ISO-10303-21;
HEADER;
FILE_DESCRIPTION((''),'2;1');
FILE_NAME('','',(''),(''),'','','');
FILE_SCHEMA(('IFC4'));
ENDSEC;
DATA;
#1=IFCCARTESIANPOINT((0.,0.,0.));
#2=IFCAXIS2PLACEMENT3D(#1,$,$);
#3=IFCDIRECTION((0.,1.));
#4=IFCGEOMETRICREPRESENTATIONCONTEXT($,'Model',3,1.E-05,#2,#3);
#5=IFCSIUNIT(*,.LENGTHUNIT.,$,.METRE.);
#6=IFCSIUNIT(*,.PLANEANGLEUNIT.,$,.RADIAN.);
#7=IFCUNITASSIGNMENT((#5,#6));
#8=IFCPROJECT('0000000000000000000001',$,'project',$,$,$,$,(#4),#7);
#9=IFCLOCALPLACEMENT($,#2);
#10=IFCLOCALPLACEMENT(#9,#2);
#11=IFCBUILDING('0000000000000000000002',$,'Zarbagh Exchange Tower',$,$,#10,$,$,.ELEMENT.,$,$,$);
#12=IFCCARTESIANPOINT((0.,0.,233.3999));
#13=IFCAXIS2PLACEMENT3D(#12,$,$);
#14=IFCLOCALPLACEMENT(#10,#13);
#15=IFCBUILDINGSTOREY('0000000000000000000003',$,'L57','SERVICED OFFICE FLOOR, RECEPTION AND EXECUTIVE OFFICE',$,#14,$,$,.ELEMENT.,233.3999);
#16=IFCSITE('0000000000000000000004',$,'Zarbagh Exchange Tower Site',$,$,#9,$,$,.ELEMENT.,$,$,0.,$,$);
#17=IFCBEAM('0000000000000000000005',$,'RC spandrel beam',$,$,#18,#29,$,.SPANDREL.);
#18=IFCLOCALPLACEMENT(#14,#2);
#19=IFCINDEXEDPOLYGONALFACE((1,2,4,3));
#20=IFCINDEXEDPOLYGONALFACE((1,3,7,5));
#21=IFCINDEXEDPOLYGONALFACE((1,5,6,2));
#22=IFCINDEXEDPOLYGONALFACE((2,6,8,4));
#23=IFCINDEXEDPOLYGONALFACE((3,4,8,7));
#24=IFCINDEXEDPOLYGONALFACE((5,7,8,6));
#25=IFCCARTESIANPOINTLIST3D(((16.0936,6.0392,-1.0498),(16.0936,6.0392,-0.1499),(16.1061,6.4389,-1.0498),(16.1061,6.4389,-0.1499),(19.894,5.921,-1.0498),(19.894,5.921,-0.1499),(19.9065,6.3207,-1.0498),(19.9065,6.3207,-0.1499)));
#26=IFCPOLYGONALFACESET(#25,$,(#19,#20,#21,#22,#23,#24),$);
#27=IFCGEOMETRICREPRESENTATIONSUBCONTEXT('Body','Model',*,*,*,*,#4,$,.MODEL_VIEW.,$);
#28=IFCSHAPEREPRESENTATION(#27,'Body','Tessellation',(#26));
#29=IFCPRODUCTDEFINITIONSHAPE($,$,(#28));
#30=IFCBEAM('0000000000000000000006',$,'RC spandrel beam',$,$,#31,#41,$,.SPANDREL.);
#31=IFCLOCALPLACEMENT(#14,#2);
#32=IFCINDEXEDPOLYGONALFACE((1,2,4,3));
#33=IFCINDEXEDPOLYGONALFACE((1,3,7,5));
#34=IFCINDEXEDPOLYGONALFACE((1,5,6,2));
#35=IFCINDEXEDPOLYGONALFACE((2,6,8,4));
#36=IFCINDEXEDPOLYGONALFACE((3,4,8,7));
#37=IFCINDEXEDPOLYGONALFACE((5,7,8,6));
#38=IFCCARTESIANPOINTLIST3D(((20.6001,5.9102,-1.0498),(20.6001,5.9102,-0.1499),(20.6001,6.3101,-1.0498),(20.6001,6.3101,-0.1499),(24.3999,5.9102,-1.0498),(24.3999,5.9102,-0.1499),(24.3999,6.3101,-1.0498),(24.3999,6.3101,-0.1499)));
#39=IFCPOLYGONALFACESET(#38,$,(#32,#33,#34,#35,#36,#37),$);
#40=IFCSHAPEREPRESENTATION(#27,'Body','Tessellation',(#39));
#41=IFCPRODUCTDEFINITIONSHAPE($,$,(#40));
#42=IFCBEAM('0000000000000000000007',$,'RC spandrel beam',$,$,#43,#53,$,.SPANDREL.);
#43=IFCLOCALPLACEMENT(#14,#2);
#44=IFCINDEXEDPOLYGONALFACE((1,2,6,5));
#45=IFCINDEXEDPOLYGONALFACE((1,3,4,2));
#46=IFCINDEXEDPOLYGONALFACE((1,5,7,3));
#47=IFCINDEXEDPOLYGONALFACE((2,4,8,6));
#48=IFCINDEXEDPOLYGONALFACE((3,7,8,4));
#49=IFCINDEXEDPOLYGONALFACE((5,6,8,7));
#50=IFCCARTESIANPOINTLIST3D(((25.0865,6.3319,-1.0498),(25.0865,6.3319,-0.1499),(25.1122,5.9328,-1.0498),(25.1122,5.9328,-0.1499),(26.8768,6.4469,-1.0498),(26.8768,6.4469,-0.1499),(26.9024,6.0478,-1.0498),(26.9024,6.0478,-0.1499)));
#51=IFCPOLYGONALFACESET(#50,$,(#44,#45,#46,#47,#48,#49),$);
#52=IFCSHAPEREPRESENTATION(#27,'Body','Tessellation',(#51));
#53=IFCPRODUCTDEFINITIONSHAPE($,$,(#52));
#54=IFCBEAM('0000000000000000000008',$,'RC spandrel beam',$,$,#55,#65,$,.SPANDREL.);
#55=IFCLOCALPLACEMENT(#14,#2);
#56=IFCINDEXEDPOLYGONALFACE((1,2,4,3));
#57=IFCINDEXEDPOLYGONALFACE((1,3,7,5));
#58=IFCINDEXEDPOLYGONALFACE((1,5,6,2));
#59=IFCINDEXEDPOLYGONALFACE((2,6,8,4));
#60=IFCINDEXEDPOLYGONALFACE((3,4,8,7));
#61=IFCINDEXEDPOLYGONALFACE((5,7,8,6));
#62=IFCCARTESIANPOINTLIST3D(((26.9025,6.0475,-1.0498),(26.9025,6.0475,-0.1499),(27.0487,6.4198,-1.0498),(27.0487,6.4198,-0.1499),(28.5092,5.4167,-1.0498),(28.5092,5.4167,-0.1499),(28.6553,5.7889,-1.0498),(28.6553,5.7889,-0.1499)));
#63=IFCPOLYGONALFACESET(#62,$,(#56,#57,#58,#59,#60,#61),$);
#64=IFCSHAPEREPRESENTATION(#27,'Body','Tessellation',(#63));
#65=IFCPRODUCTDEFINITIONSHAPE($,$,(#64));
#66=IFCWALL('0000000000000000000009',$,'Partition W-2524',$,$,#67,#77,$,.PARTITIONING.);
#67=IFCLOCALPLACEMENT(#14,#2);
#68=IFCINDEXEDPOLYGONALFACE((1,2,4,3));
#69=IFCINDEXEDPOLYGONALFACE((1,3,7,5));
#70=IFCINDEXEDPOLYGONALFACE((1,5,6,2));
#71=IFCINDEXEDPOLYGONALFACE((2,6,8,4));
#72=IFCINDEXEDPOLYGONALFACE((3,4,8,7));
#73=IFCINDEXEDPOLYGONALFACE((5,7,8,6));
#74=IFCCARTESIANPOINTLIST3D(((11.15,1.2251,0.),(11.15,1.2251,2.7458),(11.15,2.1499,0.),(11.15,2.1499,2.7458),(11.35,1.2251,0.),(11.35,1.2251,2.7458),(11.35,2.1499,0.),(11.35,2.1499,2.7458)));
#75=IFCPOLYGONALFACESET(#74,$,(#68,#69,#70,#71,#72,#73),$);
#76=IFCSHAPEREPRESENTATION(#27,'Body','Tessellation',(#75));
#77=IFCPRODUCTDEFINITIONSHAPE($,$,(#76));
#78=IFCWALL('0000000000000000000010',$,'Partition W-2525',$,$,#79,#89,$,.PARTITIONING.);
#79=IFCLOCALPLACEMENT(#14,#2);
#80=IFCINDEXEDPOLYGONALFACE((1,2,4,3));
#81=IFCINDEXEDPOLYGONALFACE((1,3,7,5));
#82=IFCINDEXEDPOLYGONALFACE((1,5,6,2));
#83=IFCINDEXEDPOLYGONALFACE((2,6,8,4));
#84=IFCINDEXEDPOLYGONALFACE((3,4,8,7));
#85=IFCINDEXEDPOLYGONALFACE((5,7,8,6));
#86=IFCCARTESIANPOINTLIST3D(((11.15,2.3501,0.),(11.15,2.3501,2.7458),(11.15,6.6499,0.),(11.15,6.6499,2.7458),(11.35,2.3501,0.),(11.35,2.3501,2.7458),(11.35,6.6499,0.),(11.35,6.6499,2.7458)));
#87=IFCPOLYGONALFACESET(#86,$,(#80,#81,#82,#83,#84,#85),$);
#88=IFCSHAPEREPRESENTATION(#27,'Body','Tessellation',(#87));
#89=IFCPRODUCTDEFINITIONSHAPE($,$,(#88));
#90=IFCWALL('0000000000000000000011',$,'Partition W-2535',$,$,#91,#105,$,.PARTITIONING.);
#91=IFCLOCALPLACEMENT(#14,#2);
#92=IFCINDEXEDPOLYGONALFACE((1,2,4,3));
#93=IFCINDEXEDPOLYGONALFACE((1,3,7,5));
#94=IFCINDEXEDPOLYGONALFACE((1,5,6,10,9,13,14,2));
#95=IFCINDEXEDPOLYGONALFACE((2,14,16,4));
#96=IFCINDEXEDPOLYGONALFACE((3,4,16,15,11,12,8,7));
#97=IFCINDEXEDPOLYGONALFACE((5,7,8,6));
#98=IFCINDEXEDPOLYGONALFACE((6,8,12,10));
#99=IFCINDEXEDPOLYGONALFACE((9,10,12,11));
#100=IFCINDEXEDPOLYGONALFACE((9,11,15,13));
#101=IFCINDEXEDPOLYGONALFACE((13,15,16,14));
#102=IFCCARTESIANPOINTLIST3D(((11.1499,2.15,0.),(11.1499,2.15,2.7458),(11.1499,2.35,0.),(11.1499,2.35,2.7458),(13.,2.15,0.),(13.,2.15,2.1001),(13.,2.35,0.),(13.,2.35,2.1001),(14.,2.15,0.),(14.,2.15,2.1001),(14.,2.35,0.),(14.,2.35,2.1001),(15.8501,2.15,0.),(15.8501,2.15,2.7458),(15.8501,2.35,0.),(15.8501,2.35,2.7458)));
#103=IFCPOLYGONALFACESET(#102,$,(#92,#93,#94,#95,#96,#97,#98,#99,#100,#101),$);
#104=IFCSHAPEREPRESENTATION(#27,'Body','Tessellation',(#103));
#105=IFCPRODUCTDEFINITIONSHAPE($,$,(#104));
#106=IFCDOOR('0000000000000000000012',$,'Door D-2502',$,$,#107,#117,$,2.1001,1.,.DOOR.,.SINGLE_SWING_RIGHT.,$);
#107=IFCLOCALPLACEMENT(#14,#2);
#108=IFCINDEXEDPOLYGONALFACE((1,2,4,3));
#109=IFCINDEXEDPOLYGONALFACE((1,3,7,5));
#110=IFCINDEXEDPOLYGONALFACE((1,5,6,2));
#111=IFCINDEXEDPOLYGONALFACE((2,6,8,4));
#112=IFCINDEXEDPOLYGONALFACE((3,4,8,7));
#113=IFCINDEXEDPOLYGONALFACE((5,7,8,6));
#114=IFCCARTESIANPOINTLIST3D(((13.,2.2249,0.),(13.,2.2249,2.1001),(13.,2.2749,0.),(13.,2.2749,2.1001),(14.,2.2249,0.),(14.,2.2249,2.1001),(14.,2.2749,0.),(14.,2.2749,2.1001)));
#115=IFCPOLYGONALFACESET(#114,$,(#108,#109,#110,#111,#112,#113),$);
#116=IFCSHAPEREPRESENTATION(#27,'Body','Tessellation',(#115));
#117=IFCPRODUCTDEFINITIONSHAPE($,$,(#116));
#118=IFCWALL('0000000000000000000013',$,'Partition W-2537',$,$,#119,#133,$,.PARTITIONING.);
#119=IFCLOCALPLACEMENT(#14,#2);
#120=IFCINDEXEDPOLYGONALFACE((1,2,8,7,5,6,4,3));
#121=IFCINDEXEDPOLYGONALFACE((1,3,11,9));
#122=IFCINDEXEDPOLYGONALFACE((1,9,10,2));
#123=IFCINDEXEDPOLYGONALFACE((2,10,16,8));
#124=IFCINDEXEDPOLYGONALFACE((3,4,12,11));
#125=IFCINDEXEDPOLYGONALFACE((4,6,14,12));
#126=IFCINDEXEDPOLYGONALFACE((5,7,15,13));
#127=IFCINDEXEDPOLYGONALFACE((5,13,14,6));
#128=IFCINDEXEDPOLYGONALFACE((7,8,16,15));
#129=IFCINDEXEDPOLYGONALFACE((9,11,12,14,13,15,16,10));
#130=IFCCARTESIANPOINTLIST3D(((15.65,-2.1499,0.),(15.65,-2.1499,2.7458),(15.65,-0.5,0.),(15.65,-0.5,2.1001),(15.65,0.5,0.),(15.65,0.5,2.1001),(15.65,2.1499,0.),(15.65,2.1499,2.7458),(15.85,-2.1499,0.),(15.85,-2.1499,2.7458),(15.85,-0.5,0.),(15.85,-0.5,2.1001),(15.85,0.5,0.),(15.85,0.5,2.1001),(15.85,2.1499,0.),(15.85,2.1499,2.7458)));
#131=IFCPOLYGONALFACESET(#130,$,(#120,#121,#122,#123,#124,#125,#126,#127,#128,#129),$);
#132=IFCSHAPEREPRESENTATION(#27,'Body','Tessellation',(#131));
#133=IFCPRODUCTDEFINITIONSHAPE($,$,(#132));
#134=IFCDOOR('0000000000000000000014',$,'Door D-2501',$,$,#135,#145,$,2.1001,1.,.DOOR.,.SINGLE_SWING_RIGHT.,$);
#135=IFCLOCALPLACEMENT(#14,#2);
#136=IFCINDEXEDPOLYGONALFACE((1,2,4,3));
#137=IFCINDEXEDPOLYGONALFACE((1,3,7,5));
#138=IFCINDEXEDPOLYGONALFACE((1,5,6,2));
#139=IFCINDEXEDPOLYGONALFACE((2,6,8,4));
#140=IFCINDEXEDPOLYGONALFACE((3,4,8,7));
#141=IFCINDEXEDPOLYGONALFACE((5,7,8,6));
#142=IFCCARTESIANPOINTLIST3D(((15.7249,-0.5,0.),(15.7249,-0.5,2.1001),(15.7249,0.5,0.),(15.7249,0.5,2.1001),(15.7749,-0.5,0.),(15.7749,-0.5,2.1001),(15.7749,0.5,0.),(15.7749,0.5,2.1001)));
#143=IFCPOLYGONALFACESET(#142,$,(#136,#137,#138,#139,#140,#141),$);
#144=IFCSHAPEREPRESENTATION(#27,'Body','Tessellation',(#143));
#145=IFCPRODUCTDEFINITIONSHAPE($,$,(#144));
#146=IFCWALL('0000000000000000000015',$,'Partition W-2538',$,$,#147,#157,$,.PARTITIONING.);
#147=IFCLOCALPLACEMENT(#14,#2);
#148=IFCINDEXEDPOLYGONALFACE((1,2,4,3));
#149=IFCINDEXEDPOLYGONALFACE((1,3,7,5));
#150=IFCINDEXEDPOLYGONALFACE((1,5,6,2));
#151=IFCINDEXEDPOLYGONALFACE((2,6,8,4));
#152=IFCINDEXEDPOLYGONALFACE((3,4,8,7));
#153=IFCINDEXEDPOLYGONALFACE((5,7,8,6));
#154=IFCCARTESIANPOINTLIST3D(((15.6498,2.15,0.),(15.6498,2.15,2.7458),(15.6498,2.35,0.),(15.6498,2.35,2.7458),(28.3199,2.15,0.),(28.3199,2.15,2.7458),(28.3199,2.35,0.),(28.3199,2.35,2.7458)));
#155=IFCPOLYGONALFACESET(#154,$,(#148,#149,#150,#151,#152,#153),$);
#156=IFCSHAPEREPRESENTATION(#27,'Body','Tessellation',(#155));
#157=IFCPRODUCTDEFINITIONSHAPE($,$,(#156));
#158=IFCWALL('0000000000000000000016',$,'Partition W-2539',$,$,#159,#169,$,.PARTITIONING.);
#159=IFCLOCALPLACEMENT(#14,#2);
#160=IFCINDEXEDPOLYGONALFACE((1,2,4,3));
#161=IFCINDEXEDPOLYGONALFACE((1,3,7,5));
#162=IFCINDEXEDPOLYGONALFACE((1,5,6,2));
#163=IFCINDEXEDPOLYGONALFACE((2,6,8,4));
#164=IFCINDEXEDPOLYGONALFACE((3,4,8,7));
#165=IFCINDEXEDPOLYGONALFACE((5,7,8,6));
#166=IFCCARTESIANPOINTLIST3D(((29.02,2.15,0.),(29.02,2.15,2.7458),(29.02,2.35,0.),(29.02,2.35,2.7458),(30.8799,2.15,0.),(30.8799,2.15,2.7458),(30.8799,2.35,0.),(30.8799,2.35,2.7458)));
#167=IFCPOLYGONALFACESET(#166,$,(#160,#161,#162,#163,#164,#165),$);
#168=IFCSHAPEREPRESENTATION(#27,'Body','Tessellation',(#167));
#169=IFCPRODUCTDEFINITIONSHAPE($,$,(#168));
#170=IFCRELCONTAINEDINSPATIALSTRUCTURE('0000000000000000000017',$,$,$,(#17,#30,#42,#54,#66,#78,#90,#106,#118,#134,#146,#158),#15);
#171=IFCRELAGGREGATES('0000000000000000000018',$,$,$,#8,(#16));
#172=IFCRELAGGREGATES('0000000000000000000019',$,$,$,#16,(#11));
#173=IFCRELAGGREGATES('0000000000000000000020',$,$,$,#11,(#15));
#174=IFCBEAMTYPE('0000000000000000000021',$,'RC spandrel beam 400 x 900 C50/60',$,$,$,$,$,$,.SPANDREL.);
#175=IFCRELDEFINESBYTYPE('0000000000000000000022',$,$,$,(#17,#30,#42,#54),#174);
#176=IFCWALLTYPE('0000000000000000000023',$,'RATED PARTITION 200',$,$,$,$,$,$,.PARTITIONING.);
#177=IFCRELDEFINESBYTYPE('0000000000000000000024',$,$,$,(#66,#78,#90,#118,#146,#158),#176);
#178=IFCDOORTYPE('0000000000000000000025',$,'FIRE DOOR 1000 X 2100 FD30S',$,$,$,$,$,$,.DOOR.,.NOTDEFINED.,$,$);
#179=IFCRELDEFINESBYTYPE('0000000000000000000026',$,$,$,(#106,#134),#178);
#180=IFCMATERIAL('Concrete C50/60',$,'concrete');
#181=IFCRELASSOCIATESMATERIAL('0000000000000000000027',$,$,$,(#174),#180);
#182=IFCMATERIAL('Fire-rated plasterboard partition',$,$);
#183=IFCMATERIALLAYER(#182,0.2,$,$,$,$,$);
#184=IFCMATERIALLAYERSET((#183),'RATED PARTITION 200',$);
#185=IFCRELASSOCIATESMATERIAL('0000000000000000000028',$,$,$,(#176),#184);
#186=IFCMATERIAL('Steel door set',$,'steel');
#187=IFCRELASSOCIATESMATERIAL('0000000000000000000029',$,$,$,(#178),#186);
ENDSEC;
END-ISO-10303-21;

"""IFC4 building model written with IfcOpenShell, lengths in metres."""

from ifc_helpers import new_model, si_unit, direction, frame, frame_2d, origin, origin_2d, place, context, subcontext, project, spatial, rectangle, extrude, material, layer, layer_set, material_profile, profile_set, type_object, element, fill, save


model = new_model("IFC4")

# Units and contexts
model_context = context("Model", 3, precision=1e-05, world=origin(), true_north=direction((0.0, 1.0)))
body_context = subcontext(model_context, "Body", "Model", "MODEL_VIEW")
ifc_project = project(units=[si_unit("LENGTHUNIT", "METRE"), si_unit("PLANEANGLEUNIT", "RADIAN")], contexts=[model_context])

# Site, building, storey
site_placement = place(None, origin())
site = spatial("IfcSite", under=ifc_project, at=site_placement, Name="Zarbagh Exchange Tower Site", CompositionType="ELEMENT", RefElevation=0.0)
building_placement = place(site_placement, origin())
building = spatial("IfcBuilding", under=site, at=building_placement, Name="Zarbagh Exchange Tower", CompositionType="ELEMENT")
storey_placement = place(building_placement, frame((0.0, 0.0, 233.3999)))
storey = spatial("IfcBuildingStorey", under=building, at=storey_placement, Name="L57", Description="SERVICED OFFICE FLOOR, RECEPTION AND EXECUTIVE OFFICE", CompositionType="ELEMENT", Elevation=233.3999)

# Shared definitions
ifc_material_1 = material(Name="Concrete C50/60", Category="concrete")

# Beams
ifc_material_profile_1 = material_profile(ifc_material_1, rectangle(XDim=0.3999, YDim=0.8999, at=origin_2d()), Name="RC spandrel beam 400 x 900 C50/60")
ifc_profile_set_1 = profile_set([ifc_material_profile_1], Name="Concrete C50/60")
beam_type_1 = type_object("IfcBeamType", Name="RC spandrel beam 400 x 900 C50/60", PredefinedType="SPANDREL", material=ifc_profile_set_1)
beam_1_placement = place(storey_placement, frame((16.0999, 6.239, -0.5999), z_axis=(0.999517, -0.031078, 0.0), x_axis=(0.031078, 0.999517, 0.0)))
element("IfcBeam", 1, at=beam_1_placement, inside=storey, type_object=beam_type_1, Name="RC spandrel beam", PredefinedType="SPANDREL", context=body_context, shape_type="SweptSolid", body=[
    extrude(rectangle(XDim=0.3999, YDim=0.8999, at=origin_2d()), origin(), (0.0, 0.0, 1.0), 3.8022),
])
beam_2_placement = place(storey_placement, frame((20.6001, 6.1101, -0.5999), z_axis=(1.0, 0.0, 0.0), x_axis=(0.0, 1.0, 0.0)))
element("IfcBeam", 2, at=beam_2_placement, inside=storey, type_object=beam_type_1, Name="RC spandrel beam", PredefinedType="SPANDREL", context=body_context, shape_type="SweptSolid", body=[
    extrude(rectangle(XDim=0.3999, YDim=0.8999, at=origin_2d()), origin(), (0.0, 0.0, 1.0), 3.7998),
])
beam_3_placement = place(storey_placement, frame((25.0994, 6.1323, -0.5999), z_axis=(0.997944, 0.064098, 0.0), x_axis=(-0.064098, 0.997944, 0.0)))
element("IfcBeam", 3, at=beam_3_placement, inside=storey, type_object=beam_type_1, Name="RC spandrel beam", PredefinedType="SPANDREL", context=body_context, shape_type="SweptSolid", body=[
    extrude(rectangle(XDim=0.3999, YDim=0.8999, at=origin_2d()), origin(), (0.0, 0.0, 1.0), 1.7939),
])
beam_4_placement = place(storey_placement, frame((26.9756, 6.2336, -0.5999), z_axis=(0.930819, -0.365482, 0.0), x_axis=(0.365482, 0.930819, 0.0)))
element("IfcBeam", 4, at=beam_4_placement, inside=storey, type_object=beam_type_1, Name="RC spandrel beam", PredefinedType="SPANDREL", context=body_context, shape_type="SweptSolid", body=[
    extrude(rectangle(XDim=0.3999, YDim=0.8999, at=origin_2d()), origin(), (0.0, 0.0, 1.0), 1.7261),
])

# Walls
ifc_material_2 = material(Name="Fire-rated plasterboard partition")
ifc_layer = layer(ifc_material_2, 0.2)
ifc_layer_set = layer_set([ifc_layer], Name="RATED PARTITION 200")
wall_type = type_object("IfcWallType", Name="RATED PARTITION 200", PredefinedType="PARTITIONING", material=ifc_layer_set)
wall_1_placement = place(storey_placement, frame((11.25, 1.2251, 0.0), z_axis=(0.0, 0.0, 1.0), x_axis=(0.0, 1.0, 0.0)))
element("IfcWall", 5, at=wall_1_placement, inside=storey, type_object=wall_type, Name="Partition W-2524", PredefinedType="PARTITIONING", context=body_context, shape_type="SweptSolid", body=[
    extrude(rectangle(XDim=0.9248, YDim=0.2, at=frame_2d((0.4624, 0.0))), origin(), (0.0, 0.0, 1.0), 2.7458),
])
wall_2_placement = place(storey_placement, frame((11.25, 2.3501, 0.0), z_axis=(0.0, 0.0, 1.0), x_axis=(0.0, 1.0, 0.0)))
element("IfcWall", 6, at=wall_2_placement, inside=storey, type_object=wall_type, Name="Partition W-2525", PredefinedType="PARTITIONING", context=body_context, shape_type="SweptSolid", body=[
    extrude(rectangle(XDim=4.2998, YDim=0.2, at=frame_2d((2.1499, 0.0))), origin(), (0.0, 0.0, 1.0), 2.7458),
])

# Walls, openings, doors
wall_3_placement = place(storey_placement, frame((11.1499, 2.25, 0.0), z_axis=(0.0, 0.0, 1.0), x_axis=(1.0, 0.0, 0.0)))
wall_3 = element("IfcWall", 7, at=wall_3_placement, inside=storey, type_object=wall_type, Name="Partition W-2535", PredefinedType="PARTITIONING", context=body_context, shape_type="SweptSolid", body=[
    extrude(rectangle(XDim=4.7002, YDim=0.2, at=frame_2d((2.3501, 0.0))), origin(), (0.0, 0.0, 1.0), 2.7458),
])
opening_1_placement = place(wall_3_placement, frame((1.8501, 0.0, 0.0)))
opening_1 = element("IfcOpeningElement", 8, at=opening_1_placement, cuts=wall_3, PredefinedType="OPENING", context=body_context, shape_type="SweptSolid", body=[
    extrude(rectangle(XDim=1.0, YDim=2.1001, at=frame_2d((0.5, 1.05))), frame((0.0, 0.1099, 0.0), z_axis=(0.0, -1.0, 0.0), x_axis=(1.0, 0.0, 0.0)), (0.0, 0.0, 1.0), 0.22),
])
ifc_material_3 = material(Name="Steel door set", Category="steel")
door_type = type_object("IfcDoorType", Name="FIRE DOOR 1000 X 2100 FD30S", OperationType="NOTDEFINED", PredefinedType="DOOR", material=ifc_material_3)
door_1_placement = place(opening_1_placement, origin())
door_1 = element("IfcDoor", 9, at=door_1_placement, inside=storey, type_object=door_type, Name="Door D-2502", OperationType="SINGLE_SWING_RIGHT", OverallHeight=2.1001, OverallWidth=1.0, PredefinedType="DOOR", context=body_context, shape_type="SweptSolid", body=[
    extrude(rectangle(XDim=1.0, YDim=2.1001, at=frame_2d((0.5, 1.05))), frame((0.0, 0.0249, 0.0), z_axis=(0.0, -1.0, 0.0), x_axis=(1.0, 0.0, 0.0)), (0.0, 0.0, 1.0), 0.05),
])
fill(opening_1, door_1)
wall_4_placement = place(storey_placement, frame((15.75, 2.1499, 0.0), z_axis=(0.0, 0.0, 1.0), x_axis=(0.0, -1.0, 0.0)))
wall_4 = element("IfcWall", 10, at=wall_4_placement, inside=storey, type_object=wall_type, Name="Partition W-2537", PredefinedType="PARTITIONING", context=body_context, shape_type="SweptSolid", body=[
    extrude(rectangle(XDim=4.2998, YDim=0.2, at=frame_2d((2.1499, 0.0))), origin(), (0.0, 0.0, 1.0), 2.7458),
])
opening_2_placement = place(wall_4_placement, frame((1.6499, 0.0, 0.0)))
opening_2 = element("IfcOpeningElement", 11, at=opening_2_placement, cuts=wall_4, PredefinedType="OPENING", context=body_context, shape_type="SweptSolid", body=[
    extrude(rectangle(XDim=1.0, YDim=2.1001, at=frame_2d((0.5, 1.05))), frame((0.0, 0.1099, 0.0), z_axis=(0.0, -1.0, 0.0), x_axis=(1.0, 0.0, 0.0)), (0.0, 0.0, 1.0), 0.22),
])
door_2_placement = place(opening_2_placement, origin())
door_2 = element("IfcDoor", 12, at=door_2_placement, inside=storey, type_object=door_type, Name="Door D-2501", OperationType="SINGLE_SWING_RIGHT", OverallHeight=2.1001, OverallWidth=1.0, PredefinedType="DOOR", context=body_context, shape_type="SweptSolid", body=[
    extrude(rectangle(XDim=1.0, YDim=2.1001, at=frame_2d((0.5, 1.05))), frame((0.0, 0.0249, 0.0), z_axis=(0.0, -1.0, 0.0), x_axis=(1.0, 0.0, 0.0)), (0.0, 0.0, 1.0), 0.05),
])
fill(opening_2, door_2)

# Walls
wall_5_placement = place(storey_placement, frame((15.6499, 2.25, 0.0), z_axis=(0.0, 0.0, 1.0), x_axis=(1.0, 0.0, 0.0)))
element("IfcWall", 13, at=wall_5_placement, inside=storey, type_object=wall_type, Name="Partition W-2538", PredefinedType="PARTITIONING", context=body_context, shape_type="SweptSolid", body=[
    extrude(rectangle(XDim=12.6702, YDim=0.2, at=frame_2d((6.335, 0.0))), origin(), (0.0, 0.0, 1.0), 2.7458),
])
wall_6_placement = place(storey_placement, frame((29.02, 2.25, 0.0), z_axis=(0.0, 0.0, 1.0), x_axis=(1.0, 0.0, 0.0)))
element("IfcWall", 14, at=wall_6_placement, inside=storey, type_object=wall_type, Name="Partition W-2539", PredefinedType="PARTITIONING", context=body_context, shape_type="SweptSolid", body=[
    extrude(rectangle(XDim=1.8599, YDim=0.2, at=frame_2d((0.9299, 0.0))), origin(), (0.0, 0.0, 1.0), 2.7458),
])

save(model, "model.ifc")
